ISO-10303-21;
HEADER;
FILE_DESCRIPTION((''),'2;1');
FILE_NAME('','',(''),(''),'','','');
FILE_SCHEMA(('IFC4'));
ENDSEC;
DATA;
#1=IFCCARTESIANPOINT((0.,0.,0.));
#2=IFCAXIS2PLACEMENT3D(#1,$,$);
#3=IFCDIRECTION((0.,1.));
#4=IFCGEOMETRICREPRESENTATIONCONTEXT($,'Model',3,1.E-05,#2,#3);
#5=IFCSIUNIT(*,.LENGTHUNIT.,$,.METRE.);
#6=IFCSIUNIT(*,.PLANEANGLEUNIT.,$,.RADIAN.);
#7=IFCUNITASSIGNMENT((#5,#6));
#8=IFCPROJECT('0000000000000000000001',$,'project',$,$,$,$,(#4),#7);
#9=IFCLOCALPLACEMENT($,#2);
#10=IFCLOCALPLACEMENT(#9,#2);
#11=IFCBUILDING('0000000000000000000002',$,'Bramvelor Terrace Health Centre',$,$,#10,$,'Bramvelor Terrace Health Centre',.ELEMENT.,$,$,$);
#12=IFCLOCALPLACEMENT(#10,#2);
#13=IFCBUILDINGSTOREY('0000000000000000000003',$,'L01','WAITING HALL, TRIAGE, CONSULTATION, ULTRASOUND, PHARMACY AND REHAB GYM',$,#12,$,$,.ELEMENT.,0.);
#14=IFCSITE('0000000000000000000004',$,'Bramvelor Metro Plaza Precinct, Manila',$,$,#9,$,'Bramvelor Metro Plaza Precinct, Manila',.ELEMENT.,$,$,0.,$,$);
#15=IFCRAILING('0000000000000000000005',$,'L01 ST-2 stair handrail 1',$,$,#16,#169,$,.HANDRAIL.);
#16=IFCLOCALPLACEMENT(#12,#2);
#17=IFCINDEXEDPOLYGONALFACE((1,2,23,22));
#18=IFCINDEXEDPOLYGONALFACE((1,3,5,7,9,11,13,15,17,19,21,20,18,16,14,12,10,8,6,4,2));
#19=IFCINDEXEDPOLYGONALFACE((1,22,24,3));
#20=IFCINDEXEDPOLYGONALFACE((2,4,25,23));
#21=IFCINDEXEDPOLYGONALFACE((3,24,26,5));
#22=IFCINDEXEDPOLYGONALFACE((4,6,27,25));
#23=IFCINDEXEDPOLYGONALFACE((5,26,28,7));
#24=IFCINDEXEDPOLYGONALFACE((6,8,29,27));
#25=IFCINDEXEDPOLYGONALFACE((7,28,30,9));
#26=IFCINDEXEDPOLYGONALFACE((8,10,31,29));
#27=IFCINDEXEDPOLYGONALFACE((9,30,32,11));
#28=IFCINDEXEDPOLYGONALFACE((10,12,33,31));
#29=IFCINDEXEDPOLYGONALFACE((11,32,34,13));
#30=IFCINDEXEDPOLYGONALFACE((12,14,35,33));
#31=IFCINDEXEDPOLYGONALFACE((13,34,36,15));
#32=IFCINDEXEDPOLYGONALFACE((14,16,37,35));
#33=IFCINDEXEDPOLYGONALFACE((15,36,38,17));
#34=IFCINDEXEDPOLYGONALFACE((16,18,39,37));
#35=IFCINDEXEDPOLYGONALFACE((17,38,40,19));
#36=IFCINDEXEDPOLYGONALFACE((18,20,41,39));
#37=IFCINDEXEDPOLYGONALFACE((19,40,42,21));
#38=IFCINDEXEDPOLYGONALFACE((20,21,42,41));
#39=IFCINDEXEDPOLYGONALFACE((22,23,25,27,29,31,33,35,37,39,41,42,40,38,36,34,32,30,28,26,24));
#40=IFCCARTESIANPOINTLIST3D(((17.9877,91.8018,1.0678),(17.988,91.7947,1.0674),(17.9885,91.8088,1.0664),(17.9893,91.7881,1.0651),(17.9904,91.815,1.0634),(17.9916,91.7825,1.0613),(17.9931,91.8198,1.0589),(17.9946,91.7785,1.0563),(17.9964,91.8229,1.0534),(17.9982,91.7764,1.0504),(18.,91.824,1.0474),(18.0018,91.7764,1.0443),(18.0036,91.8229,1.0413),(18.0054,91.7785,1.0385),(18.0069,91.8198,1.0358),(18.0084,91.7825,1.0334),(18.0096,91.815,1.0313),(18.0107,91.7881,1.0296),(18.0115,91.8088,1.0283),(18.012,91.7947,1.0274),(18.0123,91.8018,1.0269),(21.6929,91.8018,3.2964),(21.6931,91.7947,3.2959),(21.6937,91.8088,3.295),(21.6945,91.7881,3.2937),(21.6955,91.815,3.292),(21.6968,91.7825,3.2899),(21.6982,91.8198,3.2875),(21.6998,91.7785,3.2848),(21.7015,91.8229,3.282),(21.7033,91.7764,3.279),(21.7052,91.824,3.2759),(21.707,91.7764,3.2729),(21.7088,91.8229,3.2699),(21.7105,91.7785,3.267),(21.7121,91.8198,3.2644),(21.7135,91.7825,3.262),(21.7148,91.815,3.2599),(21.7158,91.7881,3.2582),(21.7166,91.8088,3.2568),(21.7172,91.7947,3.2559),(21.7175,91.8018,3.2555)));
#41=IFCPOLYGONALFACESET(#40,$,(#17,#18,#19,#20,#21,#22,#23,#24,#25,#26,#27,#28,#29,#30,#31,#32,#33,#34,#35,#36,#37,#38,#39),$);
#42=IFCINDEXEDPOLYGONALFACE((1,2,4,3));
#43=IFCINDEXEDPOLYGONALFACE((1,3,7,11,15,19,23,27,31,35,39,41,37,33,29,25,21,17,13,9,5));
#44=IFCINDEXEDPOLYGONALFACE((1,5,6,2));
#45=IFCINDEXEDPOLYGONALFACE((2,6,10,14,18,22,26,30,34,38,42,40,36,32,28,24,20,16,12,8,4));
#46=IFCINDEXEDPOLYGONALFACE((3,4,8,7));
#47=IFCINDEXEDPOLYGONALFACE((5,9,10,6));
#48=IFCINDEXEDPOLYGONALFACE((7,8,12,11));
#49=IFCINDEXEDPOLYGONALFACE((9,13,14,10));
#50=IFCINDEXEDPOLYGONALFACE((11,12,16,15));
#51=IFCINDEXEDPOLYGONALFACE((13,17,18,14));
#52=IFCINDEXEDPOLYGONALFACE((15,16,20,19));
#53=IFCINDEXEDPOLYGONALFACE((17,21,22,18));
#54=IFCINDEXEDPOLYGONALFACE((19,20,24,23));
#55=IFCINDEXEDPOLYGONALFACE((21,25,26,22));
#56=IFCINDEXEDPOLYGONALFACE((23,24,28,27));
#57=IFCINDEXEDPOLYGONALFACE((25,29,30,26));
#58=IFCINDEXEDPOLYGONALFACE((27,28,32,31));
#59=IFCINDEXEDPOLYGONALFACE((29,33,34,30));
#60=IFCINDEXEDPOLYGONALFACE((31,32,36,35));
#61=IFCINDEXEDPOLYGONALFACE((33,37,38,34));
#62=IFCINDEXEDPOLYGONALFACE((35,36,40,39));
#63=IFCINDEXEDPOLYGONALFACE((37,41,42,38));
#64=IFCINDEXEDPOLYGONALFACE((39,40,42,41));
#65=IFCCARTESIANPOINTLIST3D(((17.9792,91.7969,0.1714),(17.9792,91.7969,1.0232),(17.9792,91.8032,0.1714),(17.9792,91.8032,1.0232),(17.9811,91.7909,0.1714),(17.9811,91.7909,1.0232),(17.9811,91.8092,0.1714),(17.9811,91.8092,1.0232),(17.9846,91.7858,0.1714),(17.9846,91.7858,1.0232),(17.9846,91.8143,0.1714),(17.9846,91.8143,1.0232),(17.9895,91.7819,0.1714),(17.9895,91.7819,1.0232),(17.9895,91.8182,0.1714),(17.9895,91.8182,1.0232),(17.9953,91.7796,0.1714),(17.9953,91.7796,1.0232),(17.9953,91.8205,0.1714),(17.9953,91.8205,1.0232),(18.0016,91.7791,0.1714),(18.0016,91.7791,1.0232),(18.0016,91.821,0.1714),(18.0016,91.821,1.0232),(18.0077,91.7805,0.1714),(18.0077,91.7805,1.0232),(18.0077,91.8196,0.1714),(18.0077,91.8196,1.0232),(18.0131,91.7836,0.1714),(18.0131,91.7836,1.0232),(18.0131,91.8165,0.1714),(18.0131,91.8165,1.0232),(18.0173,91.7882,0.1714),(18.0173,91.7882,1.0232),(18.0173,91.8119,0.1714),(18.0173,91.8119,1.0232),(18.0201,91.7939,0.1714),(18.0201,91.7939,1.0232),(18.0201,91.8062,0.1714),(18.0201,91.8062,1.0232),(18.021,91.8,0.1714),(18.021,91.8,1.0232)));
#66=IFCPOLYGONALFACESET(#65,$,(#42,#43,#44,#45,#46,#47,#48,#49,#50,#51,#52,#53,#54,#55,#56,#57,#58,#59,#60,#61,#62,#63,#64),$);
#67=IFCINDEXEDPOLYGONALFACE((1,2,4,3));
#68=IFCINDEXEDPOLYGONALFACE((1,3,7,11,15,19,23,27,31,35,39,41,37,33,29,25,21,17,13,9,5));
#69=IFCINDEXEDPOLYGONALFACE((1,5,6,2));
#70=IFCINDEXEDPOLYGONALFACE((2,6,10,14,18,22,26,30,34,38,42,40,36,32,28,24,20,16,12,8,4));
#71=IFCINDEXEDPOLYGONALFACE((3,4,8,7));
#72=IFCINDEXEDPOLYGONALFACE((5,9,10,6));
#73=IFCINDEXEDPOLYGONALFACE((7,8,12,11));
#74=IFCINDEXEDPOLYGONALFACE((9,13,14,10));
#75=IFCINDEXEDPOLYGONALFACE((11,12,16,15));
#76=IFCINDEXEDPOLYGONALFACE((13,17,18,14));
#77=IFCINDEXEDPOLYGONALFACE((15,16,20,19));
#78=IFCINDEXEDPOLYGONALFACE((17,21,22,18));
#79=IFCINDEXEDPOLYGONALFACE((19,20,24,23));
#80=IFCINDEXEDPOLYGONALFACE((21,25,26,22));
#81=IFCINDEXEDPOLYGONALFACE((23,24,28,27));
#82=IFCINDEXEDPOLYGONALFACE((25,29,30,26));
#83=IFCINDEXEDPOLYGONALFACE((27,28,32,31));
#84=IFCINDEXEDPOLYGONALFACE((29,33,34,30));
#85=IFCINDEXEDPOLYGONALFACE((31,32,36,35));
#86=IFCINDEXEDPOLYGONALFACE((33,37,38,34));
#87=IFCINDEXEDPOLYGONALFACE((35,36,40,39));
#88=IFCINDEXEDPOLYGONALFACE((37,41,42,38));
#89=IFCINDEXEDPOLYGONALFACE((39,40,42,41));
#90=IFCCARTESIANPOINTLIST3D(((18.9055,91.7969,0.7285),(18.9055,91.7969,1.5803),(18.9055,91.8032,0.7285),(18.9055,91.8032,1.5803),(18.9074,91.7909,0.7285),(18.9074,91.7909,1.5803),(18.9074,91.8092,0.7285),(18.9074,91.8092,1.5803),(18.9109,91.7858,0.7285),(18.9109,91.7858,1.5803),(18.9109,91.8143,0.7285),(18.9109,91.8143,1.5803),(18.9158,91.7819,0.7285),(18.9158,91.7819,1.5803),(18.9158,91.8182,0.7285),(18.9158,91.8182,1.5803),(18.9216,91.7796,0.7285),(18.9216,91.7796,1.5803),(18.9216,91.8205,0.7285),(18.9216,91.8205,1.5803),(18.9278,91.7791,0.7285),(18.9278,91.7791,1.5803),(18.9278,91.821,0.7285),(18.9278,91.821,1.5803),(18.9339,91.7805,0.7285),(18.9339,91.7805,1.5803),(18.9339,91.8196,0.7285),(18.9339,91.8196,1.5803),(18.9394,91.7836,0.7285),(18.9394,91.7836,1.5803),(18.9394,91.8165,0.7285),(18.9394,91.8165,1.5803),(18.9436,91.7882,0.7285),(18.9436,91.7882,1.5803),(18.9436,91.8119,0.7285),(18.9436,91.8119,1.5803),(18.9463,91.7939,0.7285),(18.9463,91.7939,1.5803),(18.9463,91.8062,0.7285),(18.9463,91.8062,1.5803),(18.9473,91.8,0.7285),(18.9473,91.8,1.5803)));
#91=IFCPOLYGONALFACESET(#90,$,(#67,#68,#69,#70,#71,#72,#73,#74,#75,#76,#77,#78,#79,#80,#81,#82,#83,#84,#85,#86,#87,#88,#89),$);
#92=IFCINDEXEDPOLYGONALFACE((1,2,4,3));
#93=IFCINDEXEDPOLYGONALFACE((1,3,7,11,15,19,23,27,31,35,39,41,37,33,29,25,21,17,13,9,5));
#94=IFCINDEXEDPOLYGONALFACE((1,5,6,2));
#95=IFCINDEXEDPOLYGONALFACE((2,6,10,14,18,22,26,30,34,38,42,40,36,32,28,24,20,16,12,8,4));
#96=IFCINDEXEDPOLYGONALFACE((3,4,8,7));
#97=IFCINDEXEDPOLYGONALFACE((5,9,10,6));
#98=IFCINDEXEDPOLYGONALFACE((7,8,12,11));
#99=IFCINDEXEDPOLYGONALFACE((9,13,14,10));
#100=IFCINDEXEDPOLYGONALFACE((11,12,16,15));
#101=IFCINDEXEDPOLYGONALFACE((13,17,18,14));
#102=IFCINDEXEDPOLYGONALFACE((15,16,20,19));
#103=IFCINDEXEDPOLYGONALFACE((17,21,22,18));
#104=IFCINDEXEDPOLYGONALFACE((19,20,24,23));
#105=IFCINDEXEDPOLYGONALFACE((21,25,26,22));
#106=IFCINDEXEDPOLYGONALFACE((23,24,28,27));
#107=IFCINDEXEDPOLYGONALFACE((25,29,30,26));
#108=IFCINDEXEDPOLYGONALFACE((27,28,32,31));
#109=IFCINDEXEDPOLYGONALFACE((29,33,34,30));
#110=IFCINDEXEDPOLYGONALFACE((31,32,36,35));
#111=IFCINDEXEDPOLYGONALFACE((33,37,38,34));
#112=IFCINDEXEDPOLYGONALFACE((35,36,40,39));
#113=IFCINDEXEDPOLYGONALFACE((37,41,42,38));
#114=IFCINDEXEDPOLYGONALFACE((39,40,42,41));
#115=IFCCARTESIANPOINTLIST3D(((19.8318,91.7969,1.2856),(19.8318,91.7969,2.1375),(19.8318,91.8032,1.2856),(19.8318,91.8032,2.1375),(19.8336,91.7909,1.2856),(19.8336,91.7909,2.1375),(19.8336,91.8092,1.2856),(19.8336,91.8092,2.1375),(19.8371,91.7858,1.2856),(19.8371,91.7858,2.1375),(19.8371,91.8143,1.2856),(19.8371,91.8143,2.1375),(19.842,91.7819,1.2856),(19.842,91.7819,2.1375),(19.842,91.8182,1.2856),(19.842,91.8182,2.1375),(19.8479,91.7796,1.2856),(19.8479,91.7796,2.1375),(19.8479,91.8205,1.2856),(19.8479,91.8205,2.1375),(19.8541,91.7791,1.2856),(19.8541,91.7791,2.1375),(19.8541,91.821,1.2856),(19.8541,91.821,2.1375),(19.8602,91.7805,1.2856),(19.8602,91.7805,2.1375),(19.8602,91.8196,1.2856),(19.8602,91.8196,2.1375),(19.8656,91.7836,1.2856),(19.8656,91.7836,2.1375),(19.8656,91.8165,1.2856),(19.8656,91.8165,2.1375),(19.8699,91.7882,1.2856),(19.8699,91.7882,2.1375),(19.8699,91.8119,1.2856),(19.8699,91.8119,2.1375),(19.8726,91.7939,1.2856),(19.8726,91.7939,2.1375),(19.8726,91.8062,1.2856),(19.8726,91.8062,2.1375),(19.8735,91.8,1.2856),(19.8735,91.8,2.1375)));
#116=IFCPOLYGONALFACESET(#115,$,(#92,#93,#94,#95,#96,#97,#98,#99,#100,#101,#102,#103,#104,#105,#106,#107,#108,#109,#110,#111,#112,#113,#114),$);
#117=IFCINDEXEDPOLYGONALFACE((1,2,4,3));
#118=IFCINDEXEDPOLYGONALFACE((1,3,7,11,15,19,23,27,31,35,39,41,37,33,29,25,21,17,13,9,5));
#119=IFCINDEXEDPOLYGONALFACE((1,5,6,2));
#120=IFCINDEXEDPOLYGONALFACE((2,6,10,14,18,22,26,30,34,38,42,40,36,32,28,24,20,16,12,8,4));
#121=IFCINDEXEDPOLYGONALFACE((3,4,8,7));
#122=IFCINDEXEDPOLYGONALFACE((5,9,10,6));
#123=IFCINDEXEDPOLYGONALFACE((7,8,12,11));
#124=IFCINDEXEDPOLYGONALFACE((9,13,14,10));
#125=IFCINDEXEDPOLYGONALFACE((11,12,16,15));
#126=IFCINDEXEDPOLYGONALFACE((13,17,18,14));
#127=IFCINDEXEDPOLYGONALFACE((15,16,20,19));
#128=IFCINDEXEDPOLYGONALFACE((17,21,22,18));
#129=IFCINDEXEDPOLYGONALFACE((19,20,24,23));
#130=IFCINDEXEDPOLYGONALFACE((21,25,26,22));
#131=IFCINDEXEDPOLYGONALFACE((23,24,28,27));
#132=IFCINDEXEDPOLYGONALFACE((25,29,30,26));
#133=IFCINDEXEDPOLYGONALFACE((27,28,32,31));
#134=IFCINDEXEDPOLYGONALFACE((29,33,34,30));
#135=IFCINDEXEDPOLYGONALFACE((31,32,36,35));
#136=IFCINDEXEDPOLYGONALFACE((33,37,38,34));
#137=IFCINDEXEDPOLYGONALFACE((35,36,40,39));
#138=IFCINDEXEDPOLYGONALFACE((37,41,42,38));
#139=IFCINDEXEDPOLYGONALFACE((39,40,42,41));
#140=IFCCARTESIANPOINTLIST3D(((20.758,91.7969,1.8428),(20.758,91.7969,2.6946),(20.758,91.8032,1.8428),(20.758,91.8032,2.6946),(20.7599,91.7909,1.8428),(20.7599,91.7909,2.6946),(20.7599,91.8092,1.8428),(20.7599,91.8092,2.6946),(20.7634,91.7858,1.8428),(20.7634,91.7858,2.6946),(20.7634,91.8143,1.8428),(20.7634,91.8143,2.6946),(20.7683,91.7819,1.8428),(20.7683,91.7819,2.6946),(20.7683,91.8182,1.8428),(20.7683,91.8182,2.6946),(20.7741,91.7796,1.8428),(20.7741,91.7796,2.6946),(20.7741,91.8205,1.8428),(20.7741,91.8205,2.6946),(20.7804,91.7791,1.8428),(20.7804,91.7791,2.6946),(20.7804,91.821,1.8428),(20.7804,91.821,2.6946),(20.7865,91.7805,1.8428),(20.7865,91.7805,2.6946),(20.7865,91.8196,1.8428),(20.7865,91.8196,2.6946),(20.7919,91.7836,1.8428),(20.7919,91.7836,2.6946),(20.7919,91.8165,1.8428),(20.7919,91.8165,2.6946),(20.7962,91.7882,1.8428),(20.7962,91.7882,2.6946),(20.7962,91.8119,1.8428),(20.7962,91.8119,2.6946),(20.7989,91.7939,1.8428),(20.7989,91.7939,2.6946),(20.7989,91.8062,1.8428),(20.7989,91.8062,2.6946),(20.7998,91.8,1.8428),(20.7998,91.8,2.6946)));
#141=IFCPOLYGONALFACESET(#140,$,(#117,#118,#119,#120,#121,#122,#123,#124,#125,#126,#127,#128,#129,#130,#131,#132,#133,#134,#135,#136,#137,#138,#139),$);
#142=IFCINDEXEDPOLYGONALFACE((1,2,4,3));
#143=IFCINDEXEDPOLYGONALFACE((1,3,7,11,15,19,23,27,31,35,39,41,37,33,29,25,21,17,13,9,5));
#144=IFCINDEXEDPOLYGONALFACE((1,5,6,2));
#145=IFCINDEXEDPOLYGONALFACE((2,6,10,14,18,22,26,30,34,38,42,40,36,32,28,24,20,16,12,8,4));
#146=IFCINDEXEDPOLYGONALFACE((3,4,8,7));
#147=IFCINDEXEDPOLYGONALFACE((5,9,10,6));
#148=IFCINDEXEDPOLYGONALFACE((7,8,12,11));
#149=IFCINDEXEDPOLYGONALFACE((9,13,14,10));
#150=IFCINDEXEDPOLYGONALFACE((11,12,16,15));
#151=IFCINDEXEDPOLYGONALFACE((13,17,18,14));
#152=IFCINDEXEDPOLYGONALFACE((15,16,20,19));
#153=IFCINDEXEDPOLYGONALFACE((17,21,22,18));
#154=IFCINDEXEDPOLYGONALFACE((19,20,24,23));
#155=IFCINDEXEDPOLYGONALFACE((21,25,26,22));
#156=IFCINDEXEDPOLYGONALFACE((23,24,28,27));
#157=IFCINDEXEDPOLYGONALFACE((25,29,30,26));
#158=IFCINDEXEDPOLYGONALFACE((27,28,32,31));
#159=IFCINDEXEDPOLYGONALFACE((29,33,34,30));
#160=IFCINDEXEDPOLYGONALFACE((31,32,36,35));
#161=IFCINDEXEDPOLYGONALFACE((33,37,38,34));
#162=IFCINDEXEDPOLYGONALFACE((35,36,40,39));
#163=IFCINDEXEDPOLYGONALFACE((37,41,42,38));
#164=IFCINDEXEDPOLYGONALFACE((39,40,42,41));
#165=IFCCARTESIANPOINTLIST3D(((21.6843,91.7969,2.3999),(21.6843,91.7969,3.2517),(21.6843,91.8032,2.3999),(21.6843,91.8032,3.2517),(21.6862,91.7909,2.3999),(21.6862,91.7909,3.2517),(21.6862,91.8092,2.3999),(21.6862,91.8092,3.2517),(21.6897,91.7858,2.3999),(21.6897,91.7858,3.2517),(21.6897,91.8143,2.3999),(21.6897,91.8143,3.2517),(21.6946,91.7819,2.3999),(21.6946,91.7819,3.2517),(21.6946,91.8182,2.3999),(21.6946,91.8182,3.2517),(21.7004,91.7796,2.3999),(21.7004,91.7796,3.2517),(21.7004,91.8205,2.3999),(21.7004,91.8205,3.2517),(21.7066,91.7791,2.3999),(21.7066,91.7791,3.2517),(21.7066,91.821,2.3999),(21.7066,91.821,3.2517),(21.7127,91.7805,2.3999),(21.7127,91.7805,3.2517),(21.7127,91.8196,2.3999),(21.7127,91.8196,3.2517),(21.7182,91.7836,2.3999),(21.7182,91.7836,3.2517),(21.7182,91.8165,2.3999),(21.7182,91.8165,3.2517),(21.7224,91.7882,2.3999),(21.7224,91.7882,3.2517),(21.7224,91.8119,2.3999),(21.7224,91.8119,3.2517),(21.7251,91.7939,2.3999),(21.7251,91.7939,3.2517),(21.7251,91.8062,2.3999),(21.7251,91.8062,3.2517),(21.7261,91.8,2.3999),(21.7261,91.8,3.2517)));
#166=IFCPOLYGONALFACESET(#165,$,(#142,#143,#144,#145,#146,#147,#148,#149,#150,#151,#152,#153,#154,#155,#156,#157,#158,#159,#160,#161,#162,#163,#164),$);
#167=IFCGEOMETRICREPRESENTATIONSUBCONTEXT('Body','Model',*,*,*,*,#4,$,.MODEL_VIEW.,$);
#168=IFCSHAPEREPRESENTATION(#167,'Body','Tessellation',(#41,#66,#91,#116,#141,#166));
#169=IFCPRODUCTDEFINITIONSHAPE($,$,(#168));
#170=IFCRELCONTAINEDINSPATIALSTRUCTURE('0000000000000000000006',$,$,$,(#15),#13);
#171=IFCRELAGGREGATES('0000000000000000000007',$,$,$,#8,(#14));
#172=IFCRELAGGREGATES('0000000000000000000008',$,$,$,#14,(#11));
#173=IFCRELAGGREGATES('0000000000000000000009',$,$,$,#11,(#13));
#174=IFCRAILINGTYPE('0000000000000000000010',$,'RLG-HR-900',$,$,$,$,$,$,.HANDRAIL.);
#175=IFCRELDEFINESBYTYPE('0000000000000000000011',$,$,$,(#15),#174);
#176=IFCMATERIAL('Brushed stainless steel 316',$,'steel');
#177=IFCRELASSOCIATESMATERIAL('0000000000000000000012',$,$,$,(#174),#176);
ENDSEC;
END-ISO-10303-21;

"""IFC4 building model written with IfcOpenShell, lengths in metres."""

from ifc_helpers import new_model, si_unit, direction, frame, origin, origin_2d, place, context, subcontext, project, spatial, circle, extrude, material, type_object, element, save


model = new_model("IFC4")

# Units and contexts
model_context = context("Model", 3, precision=1e-05, world=origin(), true_north=direction((0.0, 1.0)))
body_context = subcontext(model_context, "Body", "Model", "MODEL_VIEW")
ifc_project = project(units=[si_unit("LENGTHUNIT", "METRE"), si_unit("PLANEANGLEUNIT", "RADIAN")], contexts=[model_context])

# Site, building, storey
site_placement = place(None, origin())
site = spatial("IfcSite", under=ifc_project, at=site_placement, Name="Bramvelor Metro Plaza Precinct, Manila", LongName="Bramvelor Metro Plaza Precinct, Manila", CompositionType="ELEMENT", RefElevation=0.0)
building_placement = place(site_placement, origin())
building = spatial("IfcBuilding", under=site, at=building_placement, Name="Bramvelor Terrace Health Centre", LongName="Bramvelor Terrace Health Centre", CompositionType="ELEMENT")
storey_placement = place(building_placement, origin())
storey = spatial("IfcBuildingStorey", under=building, at=storey_placement, Name="L01", Description="WAITING HALL, TRIAGE, CONSULTATION, ULTRASOUND, PHARMACY AND REHAB GYM", CompositionType="ELEMENT", Elevation=0.0)

# Railing
ifc_material_1 = material(Name="Brushed stainless steel 316", Category="steel")
railing_type_1 = type_object("IfcRailingType", Name="RLG-HR-900", PredefinedType="HANDRAIL", material=ifc_material_1)
railing_1_placement = place(storey_placement, frame((18.0, 91.8, 0.1714)))
element("IfcRailing", 1, at=railing_1_placement, inside=storey, type_object=railing_type_1, Name="L01 ST-2 stair handrail 1", PredefinedType="HANDRAIL", context=body_context, shape_type="SweptSolid", body=[
    extrude(circle(Radius=0.0239, at=origin_2d()), frame((0.0, 0.0, 0.876), z_axis=(0.856934, 0.0, 0.515425), x_axis=(0.0, 1.0, 0.0)), (0.0, 0.0, 1.0), 4.3237),
    extrude(circle(Radius=0.021, at=origin_2d()), origin(), (0.0, 0.0, 1.0), 0.8518),
    extrude(circle(Radius=0.021, at=origin_2d()), frame((0.9263, 0.0, 0.5571)), (0.0, 0.0, 1.0), 0.8518),
    extrude(circle(Radius=0.021, at=origin_2d()), frame((1.8525, 0.0, 1.1143)), (0.0, 0.0, 1.0), 0.8518),
    extrude(circle(Radius=0.021, at=origin_2d()), frame((2.7788, 0.0, 1.6714)), (0.0, 0.0, 1.0), 0.8518),
    extrude(circle(Radius=0.021, at=origin_2d()), frame((3.7051, 0.0, 2.2285)), (0.0, 0.0, 1.0), 0.8518),
])

save(model, "model.ifc")
